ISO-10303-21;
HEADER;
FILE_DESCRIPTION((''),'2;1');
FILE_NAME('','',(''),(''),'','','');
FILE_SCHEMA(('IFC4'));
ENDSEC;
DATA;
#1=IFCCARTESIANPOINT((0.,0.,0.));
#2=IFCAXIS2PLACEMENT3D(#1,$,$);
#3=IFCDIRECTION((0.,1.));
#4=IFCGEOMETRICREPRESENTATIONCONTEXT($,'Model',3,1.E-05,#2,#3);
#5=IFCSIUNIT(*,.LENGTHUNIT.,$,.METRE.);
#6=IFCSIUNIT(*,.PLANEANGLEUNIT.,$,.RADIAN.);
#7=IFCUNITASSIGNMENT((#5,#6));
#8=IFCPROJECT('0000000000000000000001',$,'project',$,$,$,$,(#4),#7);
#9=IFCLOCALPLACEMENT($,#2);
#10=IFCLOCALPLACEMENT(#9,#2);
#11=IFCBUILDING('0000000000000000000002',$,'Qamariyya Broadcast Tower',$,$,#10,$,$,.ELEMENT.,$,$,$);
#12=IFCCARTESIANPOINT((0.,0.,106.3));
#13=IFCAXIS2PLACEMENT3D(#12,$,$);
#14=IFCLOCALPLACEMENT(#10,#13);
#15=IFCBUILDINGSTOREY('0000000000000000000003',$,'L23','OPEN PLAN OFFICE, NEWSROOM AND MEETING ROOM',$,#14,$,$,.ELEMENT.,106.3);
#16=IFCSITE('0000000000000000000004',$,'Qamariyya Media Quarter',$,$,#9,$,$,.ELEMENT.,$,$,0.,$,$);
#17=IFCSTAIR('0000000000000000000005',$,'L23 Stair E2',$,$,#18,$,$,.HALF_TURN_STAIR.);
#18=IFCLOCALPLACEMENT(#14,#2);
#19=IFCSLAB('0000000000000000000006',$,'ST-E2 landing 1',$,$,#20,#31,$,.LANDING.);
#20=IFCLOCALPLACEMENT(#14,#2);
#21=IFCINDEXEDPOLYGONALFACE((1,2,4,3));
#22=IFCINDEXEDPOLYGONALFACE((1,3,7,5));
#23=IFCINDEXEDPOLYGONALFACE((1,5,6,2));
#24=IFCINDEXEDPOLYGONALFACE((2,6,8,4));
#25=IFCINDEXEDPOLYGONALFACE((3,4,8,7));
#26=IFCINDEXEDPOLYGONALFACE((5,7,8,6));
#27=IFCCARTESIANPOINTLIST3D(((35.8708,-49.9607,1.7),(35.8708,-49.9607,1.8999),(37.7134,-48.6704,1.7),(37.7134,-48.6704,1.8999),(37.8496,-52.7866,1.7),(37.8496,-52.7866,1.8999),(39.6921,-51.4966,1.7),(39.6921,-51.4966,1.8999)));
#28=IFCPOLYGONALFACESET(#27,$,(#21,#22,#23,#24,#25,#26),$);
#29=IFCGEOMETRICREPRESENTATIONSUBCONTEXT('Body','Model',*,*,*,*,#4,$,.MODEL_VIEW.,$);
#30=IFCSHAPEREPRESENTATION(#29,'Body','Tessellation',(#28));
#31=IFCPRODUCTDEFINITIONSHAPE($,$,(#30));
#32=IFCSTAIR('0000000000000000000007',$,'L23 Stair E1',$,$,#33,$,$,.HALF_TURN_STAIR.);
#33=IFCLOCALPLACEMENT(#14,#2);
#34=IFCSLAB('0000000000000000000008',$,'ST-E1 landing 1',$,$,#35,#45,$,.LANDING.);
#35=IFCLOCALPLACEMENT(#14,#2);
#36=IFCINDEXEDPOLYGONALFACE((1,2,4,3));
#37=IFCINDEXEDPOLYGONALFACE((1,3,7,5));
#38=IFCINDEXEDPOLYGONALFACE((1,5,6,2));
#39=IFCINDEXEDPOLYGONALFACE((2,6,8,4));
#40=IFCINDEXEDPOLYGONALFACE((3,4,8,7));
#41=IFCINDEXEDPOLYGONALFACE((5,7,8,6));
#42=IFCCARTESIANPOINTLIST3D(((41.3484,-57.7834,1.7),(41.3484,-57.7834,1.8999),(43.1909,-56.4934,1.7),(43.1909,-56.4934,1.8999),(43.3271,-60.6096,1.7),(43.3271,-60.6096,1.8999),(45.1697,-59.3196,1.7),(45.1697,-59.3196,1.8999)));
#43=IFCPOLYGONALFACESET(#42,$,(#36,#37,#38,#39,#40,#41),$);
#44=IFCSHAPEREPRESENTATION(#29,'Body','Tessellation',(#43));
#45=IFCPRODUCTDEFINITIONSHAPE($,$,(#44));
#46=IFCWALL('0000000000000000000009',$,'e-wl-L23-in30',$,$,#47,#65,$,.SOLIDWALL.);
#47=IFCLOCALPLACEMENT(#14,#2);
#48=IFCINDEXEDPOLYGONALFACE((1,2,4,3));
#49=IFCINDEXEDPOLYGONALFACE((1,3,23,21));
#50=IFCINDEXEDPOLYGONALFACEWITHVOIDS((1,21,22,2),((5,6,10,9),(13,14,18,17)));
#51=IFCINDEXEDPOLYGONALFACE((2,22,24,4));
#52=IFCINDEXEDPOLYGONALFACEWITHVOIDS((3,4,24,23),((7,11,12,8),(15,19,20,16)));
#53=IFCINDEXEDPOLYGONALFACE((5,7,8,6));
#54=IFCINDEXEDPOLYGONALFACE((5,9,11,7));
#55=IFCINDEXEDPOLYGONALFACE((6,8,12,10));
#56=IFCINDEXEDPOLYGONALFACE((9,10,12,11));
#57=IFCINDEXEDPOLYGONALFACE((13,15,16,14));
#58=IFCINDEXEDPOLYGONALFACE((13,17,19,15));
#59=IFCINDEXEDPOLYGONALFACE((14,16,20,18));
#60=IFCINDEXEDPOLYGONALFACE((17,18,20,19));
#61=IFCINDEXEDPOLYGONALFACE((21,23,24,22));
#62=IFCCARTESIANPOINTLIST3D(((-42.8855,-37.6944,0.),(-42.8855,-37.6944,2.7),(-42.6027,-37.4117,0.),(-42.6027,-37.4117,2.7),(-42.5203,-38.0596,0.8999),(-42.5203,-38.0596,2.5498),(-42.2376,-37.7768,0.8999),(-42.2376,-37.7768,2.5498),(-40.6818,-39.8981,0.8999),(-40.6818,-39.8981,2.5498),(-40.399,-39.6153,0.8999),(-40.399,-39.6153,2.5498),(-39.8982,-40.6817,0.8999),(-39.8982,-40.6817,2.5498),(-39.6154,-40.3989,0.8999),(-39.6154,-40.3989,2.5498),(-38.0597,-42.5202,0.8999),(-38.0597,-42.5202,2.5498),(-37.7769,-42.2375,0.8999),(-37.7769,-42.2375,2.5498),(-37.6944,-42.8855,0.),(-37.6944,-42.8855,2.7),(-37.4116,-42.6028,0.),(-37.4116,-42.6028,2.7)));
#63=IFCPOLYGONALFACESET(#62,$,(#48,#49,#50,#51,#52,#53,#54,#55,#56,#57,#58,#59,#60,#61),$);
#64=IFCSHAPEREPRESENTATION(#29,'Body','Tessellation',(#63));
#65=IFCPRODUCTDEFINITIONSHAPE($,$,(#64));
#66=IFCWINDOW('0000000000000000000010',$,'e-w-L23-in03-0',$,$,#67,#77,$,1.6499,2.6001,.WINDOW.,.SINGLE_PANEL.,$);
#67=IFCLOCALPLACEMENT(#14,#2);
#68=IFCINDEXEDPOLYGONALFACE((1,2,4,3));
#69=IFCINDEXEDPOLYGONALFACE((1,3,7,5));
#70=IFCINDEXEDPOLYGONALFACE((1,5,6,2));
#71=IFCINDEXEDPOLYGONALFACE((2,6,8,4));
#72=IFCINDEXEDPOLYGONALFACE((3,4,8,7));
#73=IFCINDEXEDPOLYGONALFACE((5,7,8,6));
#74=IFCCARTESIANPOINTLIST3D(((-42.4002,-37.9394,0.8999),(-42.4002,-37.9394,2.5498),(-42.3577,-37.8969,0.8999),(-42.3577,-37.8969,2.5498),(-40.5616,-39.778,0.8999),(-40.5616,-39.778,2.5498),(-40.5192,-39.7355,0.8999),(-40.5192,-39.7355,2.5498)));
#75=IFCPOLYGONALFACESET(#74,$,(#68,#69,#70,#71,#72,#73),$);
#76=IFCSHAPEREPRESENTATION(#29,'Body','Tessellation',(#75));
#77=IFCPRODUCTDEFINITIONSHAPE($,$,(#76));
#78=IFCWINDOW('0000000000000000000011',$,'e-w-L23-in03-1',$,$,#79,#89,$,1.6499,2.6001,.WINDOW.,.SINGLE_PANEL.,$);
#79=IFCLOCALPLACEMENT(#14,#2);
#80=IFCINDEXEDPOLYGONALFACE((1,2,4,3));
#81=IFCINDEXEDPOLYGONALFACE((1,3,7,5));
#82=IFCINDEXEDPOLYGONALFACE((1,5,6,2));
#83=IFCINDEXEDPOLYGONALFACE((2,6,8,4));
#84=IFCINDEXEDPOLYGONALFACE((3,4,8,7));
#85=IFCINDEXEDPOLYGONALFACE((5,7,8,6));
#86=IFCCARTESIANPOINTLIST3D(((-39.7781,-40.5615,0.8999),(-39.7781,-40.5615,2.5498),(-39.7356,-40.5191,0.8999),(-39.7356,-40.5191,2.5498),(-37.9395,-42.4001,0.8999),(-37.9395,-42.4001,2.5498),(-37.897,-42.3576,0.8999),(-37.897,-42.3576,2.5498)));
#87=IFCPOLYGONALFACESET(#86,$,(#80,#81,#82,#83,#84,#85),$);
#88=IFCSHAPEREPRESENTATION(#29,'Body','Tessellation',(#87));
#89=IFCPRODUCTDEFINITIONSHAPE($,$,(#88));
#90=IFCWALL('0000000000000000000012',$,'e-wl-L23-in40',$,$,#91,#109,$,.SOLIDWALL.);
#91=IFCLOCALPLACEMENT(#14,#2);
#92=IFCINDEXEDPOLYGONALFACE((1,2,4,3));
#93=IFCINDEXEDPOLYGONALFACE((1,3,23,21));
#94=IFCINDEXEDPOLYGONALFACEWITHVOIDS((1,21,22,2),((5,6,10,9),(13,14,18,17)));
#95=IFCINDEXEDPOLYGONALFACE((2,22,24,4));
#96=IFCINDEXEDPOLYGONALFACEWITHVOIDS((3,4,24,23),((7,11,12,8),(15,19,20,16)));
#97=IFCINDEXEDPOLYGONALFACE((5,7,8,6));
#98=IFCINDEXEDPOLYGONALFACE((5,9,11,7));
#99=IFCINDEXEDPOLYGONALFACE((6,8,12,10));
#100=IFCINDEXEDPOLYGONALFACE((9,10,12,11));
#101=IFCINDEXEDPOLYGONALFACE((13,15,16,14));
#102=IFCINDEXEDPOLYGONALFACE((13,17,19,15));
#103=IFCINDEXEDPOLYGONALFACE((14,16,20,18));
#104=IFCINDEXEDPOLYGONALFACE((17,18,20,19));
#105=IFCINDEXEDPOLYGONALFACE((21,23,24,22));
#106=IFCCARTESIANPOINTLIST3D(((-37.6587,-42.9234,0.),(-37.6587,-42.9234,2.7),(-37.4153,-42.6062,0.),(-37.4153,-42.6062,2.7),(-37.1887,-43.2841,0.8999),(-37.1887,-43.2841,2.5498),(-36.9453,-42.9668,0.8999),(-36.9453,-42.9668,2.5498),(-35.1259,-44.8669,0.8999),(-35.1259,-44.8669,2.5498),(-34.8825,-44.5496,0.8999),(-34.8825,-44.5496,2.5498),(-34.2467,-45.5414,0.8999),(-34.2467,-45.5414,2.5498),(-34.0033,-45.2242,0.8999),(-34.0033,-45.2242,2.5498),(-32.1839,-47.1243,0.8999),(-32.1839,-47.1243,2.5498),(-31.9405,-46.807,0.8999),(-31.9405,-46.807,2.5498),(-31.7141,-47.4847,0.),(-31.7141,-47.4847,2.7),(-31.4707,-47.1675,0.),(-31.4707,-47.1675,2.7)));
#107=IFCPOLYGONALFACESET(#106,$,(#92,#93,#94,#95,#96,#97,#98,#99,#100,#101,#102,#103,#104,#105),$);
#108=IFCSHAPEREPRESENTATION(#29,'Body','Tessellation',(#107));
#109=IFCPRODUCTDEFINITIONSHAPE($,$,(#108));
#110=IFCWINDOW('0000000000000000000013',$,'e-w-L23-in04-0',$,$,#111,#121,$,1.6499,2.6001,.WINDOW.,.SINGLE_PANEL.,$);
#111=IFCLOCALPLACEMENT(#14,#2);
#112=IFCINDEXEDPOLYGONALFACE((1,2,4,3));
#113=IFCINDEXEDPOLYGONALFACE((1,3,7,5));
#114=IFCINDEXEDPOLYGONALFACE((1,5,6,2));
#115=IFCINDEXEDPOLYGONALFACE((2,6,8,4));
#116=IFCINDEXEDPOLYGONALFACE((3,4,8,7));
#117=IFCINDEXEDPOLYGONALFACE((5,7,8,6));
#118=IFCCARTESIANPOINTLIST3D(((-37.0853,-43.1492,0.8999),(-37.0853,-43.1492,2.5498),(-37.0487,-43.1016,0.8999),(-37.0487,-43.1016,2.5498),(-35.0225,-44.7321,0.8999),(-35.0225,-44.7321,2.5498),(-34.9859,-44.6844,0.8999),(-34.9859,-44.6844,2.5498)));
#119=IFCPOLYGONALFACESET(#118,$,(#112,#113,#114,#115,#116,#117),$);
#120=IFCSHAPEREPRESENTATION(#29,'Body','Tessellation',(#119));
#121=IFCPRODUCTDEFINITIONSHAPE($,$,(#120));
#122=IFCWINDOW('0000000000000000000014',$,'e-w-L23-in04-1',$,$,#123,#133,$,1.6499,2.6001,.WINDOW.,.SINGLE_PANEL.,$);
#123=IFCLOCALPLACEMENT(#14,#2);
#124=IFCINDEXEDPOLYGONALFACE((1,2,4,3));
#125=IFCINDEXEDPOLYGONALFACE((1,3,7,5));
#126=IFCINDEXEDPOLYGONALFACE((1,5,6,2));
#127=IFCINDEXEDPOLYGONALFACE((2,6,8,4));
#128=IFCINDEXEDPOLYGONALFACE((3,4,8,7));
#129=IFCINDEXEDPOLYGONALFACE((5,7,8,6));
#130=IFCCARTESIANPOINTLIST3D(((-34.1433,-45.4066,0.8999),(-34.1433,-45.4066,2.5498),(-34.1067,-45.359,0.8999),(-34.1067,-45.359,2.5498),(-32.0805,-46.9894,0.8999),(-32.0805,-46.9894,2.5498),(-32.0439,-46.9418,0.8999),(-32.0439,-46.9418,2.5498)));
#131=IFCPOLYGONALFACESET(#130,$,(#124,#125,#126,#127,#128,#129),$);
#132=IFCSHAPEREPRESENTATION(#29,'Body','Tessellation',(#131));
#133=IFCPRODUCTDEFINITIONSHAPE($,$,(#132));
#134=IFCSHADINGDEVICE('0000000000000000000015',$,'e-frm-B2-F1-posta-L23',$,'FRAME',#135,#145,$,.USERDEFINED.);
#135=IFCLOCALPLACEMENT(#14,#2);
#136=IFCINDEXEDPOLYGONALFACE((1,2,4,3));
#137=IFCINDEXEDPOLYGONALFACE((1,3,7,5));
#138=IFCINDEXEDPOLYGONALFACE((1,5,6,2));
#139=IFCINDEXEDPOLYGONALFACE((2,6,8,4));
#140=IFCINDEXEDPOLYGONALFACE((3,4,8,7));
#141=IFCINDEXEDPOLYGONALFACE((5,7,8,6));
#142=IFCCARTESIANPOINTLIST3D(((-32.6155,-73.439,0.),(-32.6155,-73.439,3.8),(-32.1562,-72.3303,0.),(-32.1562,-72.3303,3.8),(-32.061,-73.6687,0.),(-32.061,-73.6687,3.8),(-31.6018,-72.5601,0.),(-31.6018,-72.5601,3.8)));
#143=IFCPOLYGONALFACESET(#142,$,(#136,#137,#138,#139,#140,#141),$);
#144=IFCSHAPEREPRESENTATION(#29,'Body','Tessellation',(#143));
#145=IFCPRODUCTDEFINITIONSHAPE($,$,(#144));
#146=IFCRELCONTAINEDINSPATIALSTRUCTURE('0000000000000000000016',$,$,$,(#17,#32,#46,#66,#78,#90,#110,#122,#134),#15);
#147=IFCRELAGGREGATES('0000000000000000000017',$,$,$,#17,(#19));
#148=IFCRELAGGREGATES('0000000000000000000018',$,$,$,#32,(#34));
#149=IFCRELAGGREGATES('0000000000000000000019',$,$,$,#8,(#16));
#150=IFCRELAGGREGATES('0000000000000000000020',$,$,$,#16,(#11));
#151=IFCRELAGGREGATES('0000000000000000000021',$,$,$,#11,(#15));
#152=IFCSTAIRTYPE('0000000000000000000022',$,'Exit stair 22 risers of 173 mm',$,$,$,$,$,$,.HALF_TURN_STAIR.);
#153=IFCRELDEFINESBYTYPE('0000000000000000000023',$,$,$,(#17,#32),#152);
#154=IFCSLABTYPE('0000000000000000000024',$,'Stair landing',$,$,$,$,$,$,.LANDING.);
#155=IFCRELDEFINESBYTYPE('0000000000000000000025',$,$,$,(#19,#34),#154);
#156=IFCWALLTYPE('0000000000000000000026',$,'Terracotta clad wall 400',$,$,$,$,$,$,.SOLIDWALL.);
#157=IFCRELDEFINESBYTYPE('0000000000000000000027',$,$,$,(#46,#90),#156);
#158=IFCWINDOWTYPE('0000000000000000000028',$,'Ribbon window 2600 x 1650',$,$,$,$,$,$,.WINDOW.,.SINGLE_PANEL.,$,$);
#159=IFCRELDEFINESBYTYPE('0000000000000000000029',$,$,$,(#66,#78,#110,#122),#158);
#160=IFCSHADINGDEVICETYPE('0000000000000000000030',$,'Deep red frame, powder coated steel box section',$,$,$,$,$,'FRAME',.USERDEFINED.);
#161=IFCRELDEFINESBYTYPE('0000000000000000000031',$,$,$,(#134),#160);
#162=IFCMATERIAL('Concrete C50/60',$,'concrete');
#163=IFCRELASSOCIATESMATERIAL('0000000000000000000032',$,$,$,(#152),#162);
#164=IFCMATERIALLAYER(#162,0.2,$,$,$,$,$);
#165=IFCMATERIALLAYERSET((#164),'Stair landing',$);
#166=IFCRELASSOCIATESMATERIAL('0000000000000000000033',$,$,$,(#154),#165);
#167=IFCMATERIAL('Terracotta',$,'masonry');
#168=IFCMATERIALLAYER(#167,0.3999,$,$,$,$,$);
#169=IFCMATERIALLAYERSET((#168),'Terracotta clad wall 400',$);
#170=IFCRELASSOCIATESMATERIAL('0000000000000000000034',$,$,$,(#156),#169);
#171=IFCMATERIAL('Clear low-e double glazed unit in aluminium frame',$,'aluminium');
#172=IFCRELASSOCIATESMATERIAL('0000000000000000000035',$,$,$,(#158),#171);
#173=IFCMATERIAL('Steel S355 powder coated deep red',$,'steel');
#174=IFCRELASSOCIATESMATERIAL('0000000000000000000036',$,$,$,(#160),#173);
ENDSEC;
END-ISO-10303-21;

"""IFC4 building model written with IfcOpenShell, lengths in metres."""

from ifc_helpers import new_model, si_unit, direction, frame, frame_2d, origin, place, context, subcontext, project, spatial, polyline, rectangle, outline, extrude, material, layer, layer_set, type_object, element, fill, aggregate, save


model = new_model("IFC4")

# Units and contexts
model_context = context("Model", 3, precision=1e-05, world=origin(), true_north=direction((0.0, 1.0)))
body_context = subcontext(model_context, "Body", "Model", "MODEL_VIEW")
ifc_project = project(units=[si_unit("LENGTHUNIT", "METRE"), si_unit("PLANEANGLEUNIT", "RADIAN")], contexts=[model_context])

# Site, building, storey
site_placement = place(None, origin())
site = spatial("IfcSite", under=ifc_project, at=site_placement, Name="Qamariyya Media Quarter", CompositionType="ELEMENT", RefElevation=0.0)
building_placement = place(site_placement, origin())
building = spatial("IfcBuilding", under=site, at=building_placement, Name="Qamariyya Broadcast Tower", CompositionType="ELEMENT")
storey_placement = place(building_placement, frame((0.0, 0.0, 106.3)))
storey = spatial("IfcBuildingStorey", under=building, at=storey_placement, Name="L23", Description="OPEN PLAN OFFICE, NEWSROOM AND MEETING ROOM", CompositionType="ELEMENT", Elevation=106.3)

# Shared definitions
ifc_material_1 = material(Name="Concrete C50/60", Category="concrete")

# Stairs, slabs
stair_type = type_object("IfcStairType", Name="Exit stair 22 risers of 173 mm", PredefinedType="HALF_TURN_STAIR", material=ifc_material_1)
ifc_layer_1 = layer(ifc_material_1, 0.2)
ifc_layer_set_1 = layer_set([ifc_layer_1], Name="Stair landing")
slab_type_1 = type_object("IfcSlabType", Name="Stair landing", PredefinedType="LANDING", material=ifc_layer_set_1)
stair_1_placement = place(storey_placement, origin())
stair_1 = element("IfcStair", 1, at=stair_1_placement, inside=storey, type_object=stair_type, Name="L23 Stair E2", PredefinedType="HALF_TURN_STAIR")
slab_1_placement = place(storey_placement, frame((0.0, 0.0, 1.7)))
slab_1 = element("IfcSlab", 2, at=slab_1_placement, type_object=slab_type_1, Name="ST-E2 landing 1", PredefinedType="LANDING", context=body_context, shape_type="SweptSolid", body=[
    extrude(outline(polyline([(37.7134, -48.6704), (35.8708, -49.9607), (37.8496, -52.7866), (39.6921, -51.4966), (37.7134, -48.6704)])), origin(), (0.0, 0.0, 1.0), 0.2),
])
aggregate(stair_1, [slab_1])
stair_2_placement = place(storey_placement, origin())
stair_2 = element("IfcStair", 3, at=stair_2_placement, inside=storey, type_object=stair_type, Name="L23 Stair E1", PredefinedType="HALF_TURN_STAIR")
slab_2_placement = place(storey_placement, frame((0.0, 0.0, 1.7)))
slab_2 = element("IfcSlab", 4, at=slab_2_placement, type_object=slab_type_1, Name="ST-E1 landing 1", PredefinedType="LANDING", context=body_context, shape_type="SweptSolid", body=[
    extrude(outline(polyline([(43.1909, -56.4934), (41.3484, -57.7834), (43.3271, -60.6096), (45.1697, -59.3196), (43.1909, -56.4934)])), origin(), (0.0, 0.0, 1.0), 0.2),
])
aggregate(stair_2, [slab_2])

# Walls, openings, windows
ifc_material_2 = material(Name="Terracotta", Category="masonry")
ifc_layer_2 = layer(ifc_material_2, 0.3999)
ifc_layer_set_2 = layer_set([ifc_layer_2], Name="Terracotta clad wall 400")
wall_type = type_object("IfcWallType", Name="Terracotta clad wall 400", PredefinedType="SOLIDWALL", material=ifc_layer_set_2)
wall_1_placement = place(storey_placement, frame((-37.553, -42.7441, 0.0), z_axis=(0.0, 0.0, 1.0), x_axis=(-0.707107, 0.707107, 0.0)))
wall_1 = element("IfcWall", 5, at=wall_1_placement, inside=storey, type_object=wall_type, Name="e-wl-L23-in30", PredefinedType="SOLIDWALL", context=body_context, shape_type="SweptSolid", body=[
    extrude(rectangle(XDim=7.3413, YDim=0.3999, at=frame_2d((3.6707, 0.0))), origin(), (0.0, 0.0, 1.0), 2.7),
])
opening_1_placement = place(wall_1_placement, frame((4.2249, 0.0, 0.8999)))
opening_1 = element("IfcOpeningElement", 6, at=opening_1_placement, cuts=wall_1, PredefinedType="OPENING", context=body_context, shape_type="SweptSolid", body=[
    extrude(rectangle(XDim=2.6001, YDim=1.6499, at=frame_2d((1.3, 0.825))), frame((0.0, 0.21, 0.0), z_axis=(0.0, -1.0, 0.0), x_axis=(1.0, 0.0, 0.0)), (0.0, 0.0, 1.0), 0.4199),
])
opening_2_placement = place(wall_1_placement, frame((0.5166, 0.0, 0.8999)))
opening_2 = element("IfcOpeningElement", 7, at=opening_2_placement, cuts=wall_1, PredefinedType="OPENING", context=body_context, shape_type="SweptSolid", body=[
    extrude(rectangle(XDim=2.6001, YDim=1.6499, at=frame_2d((1.3, 0.825))), frame((0.0, 0.21, 0.0), z_axis=(0.0, -1.0, 0.0), x_axis=(1.0, 0.0, 0.0)), (0.0, 0.0, 1.0), 0.4199),
])
ifc_material_3 = material(Name="Clear low-e double glazed unit in aluminium frame", Category="aluminium")
window_type = type_object("IfcWindowType", Name="Ribbon window 2600 x 1650", PartitioningType="SINGLE_PANEL", PredefinedType="WINDOW", material=ifc_material_3)
window_1_placement = place(opening_1_placement, origin())
window_1 = element("IfcWindow", 8, at=window_1_placement, inside=storey, type_object=window_type, Name="e-w-L23-in03-0", OverallHeight=1.6499, OverallWidth=2.6001, PartitioningType="SINGLE_PANEL", PredefinedType="WINDOW", context=body_context, shape_type="SweptSolid", body=[
    extrude(rectangle(XDim=2.6001, YDim=1.6499, at=frame_2d((1.3, 0.825))), frame((0.0, 0.03, 0.0), z_axis=(0.0, -1.0, 0.0), x_axis=(1.0, 0.0, 0.0)), (0.0, 0.0, 1.0), 0.0601),
])
fill(opening_1, window_1)
window_2_placement = place(opening_2_placement, origin())
window_2 = element("IfcWindow", 9, at=window_2_placement, inside=storey, type_object=window_type, Name="e-w-L23-in03-1", OverallHeight=1.6499, OverallWidth=2.6001, PartitioningType="SINGLE_PANEL", PredefinedType="WINDOW", context=body_context, shape_type="SweptSolid", body=[
    extrude(rectangle(XDim=2.6001, YDim=1.6499, at=frame_2d((1.3, 0.825))), frame((0.0, 0.03, 0.0), z_axis=(0.0, -1.0, 0.0), x_axis=(1.0, 0.0, 0.0)), (0.0, 0.0, 1.0), 0.0601),
])
fill(opening_2, window_2)
wall_2_placement = place(storey_placement, frame((-31.5923, -47.3262, 0.0), z_axis=(0.0, 0.0, 1.0), x_axis=(-0.793363, 0.608748, 0.0)))
wall_2 = element("IfcWall", 10, at=wall_2_placement, inside=storey, type_object=wall_type, Name="e-wl-L23-in40", PredefinedType="SOLIDWALL", context=body_context, shape_type="SweptSolid", body=[
    extrude(rectangle(XDim=7.4929, YDim=0.3999, at=frame_2d((3.7466, 0.0))), origin(), (0.0, 0.0, 1.0), 2.7),
])
opening_3_placement = place(wall_2_placement, frame((4.3005, 0.0, 0.8999)))
opening_3 = element("IfcOpeningElement", 11, at=opening_3_placement, cuts=wall_2, PredefinedType="OPENING", context=body_context, shape_type="SweptSolid", body=[
    extrude(rectangle(XDim=2.6001, YDim=1.6499, at=frame_2d((1.3, 0.825))), frame((0.0, 0.21, 0.0), z_axis=(0.0, -1.0, 0.0), x_axis=(1.0, 0.0, 0.0)), (0.0, 0.0, 1.0), 0.4199),
])
opening_4_placement = place(wall_2_placement, frame((0.5923, 0.0, 0.8999)))
opening_4 = element("IfcOpeningElement", 12, at=opening_4_placement, cuts=wall_2, PredefinedType="OPENING", context=body_context, shape_type="SweptSolid", body=[
    extrude(rectangle(XDim=2.6001, YDim=1.6499, at=frame_2d((1.3, 0.825))), frame((0.0, 0.21, 0.0), z_axis=(0.0, -1.0, 0.0), x_axis=(1.0, 0.0, 0.0)), (0.0, 0.0, 1.0), 0.4199),
])
window_3_placement = place(opening_3_placement, origin())
window_3 = element("IfcWindow", 13, at=window_3_placement, inside=storey, type_object=window_type, Name="e-w-L23-in04-0", OverallHeight=1.6499, OverallWidth=2.6001, PartitioningType="SINGLE_PANEL", PredefinedType="WINDOW", context=body_context, shape_type="SweptSolid", body=[
    extrude(rectangle(XDim=2.6001, YDim=1.6499, at=frame_2d((1.3, 0.825))), frame((0.0, 0.03, 0.0), z_axis=(0.0, -1.0, 0.0), x_axis=(1.0, 0.0, 0.0)), (0.0, 0.0, 1.0), 0.0601),
])
fill(opening_3, window_3)
window_4_placement = place(opening_4_placement, origin())
window_4 = element("IfcWindow", 14, at=window_4_placement, inside=storey, type_object=window_type, Name="e-w-L23-in04-1", OverallHeight=1.6499, OverallWidth=2.6001, PartitioningType="SINGLE_PANEL", PredefinedType="WINDOW", context=body_context, shape_type="SweptSolid", body=[
    extrude(rectangle(XDim=2.6001, YDim=1.6499, at=frame_2d((1.3, 0.825))), frame((0.0, 0.03, 0.0), z_axis=(0.0, -1.0, 0.0), x_axis=(1.0, 0.0, 0.0)), (0.0, 0.0, 1.0), 0.0601),
])
fill(opening_4, window_4)

# Shading device
ifc_material_4 = material(Name="Steel S355 powder coated deep red", Category="steel")
shading_device_type = type_object("IfcShadingDeviceType", Name="Deep red frame, powder coated steel box section", ElementType="FRAME", PredefinedType="USERDEFINED", material=ifc_material_4)
shading_device_placement = place(storey_placement, origin())
element("IfcShadingDevice", 15, at=shading_device_placement, inside=storey, type_object=shading_device_type, Name="e-frm-B2-F1-posta-L23", ObjectType="FRAME", PredefinedType="USERDEFINED", context=body_context, shape_type="SweptSolid", body=[
    extrude(outline(polyline([(-32.1562, -72.3303), (-32.6155, -73.439), (-32.061, -73.6687), (-31.6018, -72.5601), (-32.1562, -72.3303)])), origin(), (0.0, 0.0, 1.0), 3.8),
])

save(model, "model.ifc")
